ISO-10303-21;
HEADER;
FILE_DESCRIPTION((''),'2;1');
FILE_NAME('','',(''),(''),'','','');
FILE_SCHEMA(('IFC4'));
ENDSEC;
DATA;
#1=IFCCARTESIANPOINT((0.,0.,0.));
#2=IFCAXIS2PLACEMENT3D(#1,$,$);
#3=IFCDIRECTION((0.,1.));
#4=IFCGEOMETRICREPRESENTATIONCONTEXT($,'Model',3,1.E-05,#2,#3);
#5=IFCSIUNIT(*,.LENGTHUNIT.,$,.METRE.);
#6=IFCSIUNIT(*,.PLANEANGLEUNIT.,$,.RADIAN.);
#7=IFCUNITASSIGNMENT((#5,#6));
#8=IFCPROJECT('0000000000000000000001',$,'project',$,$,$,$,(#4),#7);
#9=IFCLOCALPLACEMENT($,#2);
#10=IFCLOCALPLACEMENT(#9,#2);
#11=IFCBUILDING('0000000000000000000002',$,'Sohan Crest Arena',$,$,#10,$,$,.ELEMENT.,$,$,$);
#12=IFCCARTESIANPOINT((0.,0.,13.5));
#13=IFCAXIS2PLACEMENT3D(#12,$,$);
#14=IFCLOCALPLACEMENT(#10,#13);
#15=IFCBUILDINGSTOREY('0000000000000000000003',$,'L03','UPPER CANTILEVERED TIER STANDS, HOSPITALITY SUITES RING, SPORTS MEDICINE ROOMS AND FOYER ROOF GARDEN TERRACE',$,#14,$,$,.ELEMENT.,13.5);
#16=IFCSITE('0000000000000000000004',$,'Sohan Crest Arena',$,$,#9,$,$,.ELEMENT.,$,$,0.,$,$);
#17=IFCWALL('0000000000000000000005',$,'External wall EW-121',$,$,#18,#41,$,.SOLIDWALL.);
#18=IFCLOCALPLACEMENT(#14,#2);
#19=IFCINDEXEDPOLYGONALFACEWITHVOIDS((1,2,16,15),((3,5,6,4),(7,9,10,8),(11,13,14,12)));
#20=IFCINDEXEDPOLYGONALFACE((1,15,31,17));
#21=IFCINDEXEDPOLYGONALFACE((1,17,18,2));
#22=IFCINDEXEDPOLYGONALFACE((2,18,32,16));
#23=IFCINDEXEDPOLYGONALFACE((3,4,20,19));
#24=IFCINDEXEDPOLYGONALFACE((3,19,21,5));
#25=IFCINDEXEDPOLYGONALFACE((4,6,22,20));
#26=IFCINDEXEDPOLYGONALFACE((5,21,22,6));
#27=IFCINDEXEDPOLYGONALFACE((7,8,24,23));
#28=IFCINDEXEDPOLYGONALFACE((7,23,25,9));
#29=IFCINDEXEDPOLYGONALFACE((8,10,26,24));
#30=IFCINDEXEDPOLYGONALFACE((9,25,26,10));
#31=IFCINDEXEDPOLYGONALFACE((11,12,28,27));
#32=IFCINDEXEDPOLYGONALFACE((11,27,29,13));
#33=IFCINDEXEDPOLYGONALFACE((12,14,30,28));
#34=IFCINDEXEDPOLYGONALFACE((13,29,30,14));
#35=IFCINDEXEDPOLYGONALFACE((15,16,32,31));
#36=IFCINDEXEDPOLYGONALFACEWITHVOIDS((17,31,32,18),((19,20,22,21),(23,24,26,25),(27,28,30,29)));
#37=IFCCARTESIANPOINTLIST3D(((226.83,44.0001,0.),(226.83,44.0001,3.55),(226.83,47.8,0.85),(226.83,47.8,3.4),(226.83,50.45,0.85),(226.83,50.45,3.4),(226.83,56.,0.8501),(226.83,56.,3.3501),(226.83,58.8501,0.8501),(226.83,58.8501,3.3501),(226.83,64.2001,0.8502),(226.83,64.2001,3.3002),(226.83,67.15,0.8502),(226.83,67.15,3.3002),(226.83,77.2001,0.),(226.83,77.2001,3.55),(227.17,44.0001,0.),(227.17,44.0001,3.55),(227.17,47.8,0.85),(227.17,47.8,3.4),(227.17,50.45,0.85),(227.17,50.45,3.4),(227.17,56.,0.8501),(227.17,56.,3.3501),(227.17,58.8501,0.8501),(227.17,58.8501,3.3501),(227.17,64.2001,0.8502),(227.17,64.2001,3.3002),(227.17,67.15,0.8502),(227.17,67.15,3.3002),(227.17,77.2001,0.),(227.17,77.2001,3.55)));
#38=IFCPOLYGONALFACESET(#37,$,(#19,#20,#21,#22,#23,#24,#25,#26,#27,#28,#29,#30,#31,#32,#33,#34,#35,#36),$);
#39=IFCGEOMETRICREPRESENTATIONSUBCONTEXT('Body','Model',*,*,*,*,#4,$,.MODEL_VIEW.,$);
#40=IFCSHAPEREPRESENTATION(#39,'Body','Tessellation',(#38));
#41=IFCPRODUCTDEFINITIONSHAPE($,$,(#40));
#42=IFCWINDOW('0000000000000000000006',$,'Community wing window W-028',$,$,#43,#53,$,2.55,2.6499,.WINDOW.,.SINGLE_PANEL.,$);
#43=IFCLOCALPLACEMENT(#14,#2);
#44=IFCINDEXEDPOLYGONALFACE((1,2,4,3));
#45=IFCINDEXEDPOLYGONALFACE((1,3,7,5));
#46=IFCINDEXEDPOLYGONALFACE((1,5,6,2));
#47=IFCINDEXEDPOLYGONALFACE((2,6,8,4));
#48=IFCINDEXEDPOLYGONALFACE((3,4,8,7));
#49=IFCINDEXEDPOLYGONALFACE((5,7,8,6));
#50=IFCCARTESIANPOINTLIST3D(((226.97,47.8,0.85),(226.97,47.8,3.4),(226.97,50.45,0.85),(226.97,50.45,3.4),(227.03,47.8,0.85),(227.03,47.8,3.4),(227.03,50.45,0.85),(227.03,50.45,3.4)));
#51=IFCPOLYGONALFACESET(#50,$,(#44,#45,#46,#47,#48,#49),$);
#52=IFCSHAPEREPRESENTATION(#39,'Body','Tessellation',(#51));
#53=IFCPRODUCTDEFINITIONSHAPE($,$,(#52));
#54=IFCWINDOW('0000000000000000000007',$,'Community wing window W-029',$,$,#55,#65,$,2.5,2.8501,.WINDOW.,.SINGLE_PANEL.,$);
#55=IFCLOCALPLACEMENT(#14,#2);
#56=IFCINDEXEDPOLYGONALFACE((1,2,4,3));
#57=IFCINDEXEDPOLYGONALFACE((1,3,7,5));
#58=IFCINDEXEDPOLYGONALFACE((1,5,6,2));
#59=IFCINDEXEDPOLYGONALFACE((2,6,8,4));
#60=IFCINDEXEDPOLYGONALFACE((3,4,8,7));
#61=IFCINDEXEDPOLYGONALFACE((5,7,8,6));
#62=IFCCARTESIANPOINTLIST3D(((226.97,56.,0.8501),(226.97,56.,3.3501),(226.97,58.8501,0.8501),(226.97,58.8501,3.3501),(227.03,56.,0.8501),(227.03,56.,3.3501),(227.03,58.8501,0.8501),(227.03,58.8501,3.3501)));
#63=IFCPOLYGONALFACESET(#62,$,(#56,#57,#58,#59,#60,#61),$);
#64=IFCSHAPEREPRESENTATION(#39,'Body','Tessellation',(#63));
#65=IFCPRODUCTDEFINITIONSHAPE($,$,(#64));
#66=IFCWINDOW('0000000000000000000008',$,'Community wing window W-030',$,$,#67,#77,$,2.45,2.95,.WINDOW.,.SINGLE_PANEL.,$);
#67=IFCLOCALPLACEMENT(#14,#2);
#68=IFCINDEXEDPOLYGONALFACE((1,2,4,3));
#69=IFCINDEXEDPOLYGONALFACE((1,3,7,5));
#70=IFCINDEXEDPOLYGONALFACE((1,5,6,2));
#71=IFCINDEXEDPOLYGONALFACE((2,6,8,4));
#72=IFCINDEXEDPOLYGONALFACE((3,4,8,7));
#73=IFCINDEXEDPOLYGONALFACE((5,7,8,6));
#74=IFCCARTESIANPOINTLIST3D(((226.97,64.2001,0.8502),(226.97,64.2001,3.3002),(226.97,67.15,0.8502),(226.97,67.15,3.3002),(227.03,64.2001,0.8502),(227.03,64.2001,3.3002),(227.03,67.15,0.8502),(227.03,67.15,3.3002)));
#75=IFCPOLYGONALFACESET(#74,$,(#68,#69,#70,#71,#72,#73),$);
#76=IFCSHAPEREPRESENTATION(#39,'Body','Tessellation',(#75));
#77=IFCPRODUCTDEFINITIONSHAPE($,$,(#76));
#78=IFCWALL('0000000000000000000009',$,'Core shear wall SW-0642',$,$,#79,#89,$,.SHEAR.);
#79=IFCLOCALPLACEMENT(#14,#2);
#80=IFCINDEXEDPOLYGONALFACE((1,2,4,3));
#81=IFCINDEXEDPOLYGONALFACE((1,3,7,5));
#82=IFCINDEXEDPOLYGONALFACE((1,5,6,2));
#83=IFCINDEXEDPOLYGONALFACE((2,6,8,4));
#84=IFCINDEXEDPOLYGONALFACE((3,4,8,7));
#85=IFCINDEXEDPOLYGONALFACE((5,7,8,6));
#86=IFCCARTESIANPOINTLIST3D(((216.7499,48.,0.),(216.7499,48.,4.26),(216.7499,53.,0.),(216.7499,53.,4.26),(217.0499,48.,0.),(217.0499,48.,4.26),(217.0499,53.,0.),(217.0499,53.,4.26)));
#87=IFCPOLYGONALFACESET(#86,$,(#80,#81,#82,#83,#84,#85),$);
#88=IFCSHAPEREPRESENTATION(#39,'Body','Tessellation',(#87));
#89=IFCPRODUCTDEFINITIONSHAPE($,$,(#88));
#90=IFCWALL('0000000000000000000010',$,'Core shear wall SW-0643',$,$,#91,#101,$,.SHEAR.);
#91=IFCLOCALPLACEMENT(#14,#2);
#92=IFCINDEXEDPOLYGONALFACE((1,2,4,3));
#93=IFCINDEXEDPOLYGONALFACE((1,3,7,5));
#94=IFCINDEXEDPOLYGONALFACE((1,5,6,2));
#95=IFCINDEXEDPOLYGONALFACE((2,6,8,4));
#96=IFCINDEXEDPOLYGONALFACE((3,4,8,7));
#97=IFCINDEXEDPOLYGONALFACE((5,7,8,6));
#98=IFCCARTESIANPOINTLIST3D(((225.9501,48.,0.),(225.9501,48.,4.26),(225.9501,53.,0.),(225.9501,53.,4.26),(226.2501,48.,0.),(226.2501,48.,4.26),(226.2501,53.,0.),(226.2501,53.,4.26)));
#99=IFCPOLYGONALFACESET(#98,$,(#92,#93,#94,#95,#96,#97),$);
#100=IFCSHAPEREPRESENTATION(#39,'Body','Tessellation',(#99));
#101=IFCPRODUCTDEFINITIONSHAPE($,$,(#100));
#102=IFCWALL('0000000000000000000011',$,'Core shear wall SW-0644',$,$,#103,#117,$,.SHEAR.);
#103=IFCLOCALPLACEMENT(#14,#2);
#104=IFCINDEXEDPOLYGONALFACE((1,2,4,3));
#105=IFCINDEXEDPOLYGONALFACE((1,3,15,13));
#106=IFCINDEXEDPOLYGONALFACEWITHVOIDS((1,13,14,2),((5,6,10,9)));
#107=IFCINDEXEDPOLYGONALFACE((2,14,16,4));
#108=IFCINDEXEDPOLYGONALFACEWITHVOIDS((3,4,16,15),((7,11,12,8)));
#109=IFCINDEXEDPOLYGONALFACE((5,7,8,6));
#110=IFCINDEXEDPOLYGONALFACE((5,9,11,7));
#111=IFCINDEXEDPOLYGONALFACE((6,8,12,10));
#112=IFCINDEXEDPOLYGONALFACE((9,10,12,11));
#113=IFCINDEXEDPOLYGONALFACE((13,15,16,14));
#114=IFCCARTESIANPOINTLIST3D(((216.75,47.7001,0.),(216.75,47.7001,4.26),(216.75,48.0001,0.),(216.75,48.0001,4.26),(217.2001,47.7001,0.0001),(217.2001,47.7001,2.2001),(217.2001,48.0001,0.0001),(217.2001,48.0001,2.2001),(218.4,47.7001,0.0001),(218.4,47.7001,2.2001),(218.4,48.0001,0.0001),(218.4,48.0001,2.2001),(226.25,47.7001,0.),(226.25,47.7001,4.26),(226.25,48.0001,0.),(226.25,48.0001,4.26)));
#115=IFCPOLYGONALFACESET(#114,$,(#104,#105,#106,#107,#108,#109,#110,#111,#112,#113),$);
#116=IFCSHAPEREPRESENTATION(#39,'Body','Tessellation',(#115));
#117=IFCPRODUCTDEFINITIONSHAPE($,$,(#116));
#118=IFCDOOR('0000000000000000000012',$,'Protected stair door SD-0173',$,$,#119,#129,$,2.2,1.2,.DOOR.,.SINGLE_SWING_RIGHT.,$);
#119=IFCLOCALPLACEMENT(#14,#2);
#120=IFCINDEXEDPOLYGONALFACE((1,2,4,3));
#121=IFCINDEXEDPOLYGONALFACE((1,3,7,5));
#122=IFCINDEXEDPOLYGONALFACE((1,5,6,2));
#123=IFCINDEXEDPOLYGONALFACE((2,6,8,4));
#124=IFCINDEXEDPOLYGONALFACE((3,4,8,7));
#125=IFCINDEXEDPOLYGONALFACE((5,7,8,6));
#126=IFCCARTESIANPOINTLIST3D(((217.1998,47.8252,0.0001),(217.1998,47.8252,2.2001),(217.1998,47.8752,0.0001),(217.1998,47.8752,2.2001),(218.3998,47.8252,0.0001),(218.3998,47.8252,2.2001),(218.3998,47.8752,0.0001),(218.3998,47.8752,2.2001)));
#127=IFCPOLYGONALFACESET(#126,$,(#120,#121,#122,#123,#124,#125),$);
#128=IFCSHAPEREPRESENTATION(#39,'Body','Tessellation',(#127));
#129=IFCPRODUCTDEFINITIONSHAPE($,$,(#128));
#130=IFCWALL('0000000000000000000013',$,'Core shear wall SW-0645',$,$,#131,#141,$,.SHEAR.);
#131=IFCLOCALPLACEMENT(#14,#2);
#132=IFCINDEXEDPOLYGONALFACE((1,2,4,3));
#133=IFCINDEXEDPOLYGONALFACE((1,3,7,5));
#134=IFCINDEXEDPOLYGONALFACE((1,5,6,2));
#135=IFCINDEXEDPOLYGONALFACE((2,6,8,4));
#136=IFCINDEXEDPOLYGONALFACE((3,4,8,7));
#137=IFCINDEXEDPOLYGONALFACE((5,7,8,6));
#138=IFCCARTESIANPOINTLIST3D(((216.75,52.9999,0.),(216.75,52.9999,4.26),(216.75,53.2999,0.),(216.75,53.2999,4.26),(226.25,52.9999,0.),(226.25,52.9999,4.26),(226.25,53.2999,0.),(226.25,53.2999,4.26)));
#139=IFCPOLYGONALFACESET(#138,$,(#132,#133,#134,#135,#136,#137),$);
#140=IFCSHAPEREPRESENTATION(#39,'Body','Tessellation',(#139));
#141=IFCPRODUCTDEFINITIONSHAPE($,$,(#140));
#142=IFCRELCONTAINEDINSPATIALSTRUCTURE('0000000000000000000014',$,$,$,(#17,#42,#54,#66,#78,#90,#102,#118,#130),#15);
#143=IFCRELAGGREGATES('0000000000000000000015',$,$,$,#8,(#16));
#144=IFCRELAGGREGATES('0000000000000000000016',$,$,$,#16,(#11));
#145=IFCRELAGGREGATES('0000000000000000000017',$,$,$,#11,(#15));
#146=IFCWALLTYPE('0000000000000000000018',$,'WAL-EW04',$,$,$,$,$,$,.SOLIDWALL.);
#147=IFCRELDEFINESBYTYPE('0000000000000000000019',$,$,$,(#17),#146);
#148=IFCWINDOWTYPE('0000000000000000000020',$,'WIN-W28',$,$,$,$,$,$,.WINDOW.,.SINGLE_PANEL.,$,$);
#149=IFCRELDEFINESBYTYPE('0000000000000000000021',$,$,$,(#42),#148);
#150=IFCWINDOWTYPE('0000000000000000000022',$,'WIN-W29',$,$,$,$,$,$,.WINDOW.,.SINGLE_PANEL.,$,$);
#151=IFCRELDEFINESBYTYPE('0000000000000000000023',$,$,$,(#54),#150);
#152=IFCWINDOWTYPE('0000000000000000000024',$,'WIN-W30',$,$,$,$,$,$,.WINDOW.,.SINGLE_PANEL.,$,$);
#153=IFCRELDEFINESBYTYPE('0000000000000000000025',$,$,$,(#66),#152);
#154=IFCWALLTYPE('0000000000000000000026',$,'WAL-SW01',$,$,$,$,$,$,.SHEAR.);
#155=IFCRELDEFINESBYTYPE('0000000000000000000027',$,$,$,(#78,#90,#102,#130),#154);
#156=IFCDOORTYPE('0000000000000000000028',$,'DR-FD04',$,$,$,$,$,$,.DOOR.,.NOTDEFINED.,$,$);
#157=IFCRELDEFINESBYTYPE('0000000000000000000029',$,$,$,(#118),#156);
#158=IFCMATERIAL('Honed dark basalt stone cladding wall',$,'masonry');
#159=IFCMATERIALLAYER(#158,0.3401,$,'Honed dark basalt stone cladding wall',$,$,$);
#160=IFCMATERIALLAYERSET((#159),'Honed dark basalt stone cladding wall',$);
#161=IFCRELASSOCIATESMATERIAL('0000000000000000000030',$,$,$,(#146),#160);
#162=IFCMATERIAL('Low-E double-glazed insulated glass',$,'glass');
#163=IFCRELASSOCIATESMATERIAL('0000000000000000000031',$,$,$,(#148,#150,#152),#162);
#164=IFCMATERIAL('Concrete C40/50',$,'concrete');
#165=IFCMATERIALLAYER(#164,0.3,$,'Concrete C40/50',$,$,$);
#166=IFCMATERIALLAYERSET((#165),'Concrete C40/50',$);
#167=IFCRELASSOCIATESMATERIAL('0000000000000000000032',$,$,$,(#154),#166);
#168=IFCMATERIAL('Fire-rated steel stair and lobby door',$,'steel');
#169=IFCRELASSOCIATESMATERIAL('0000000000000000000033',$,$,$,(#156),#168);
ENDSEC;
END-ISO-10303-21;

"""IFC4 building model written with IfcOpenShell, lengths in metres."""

from ifc_helpers import new_model, si_unit, direction, frame, frame_2d, origin, place, context, subcontext, project, spatial, rectangle, extrude, material, layer, layer_set, type_object, element, fill, save


model = new_model("IFC4")

# Units and contexts
model_context = context("Model", 3, precision=1e-05, world=origin(), true_north=direction((0.0, 1.0)))
body_context = subcontext(model_context, "Body", "Model", "MODEL_VIEW")
ifc_project = project(units=[si_unit("LENGTHUNIT", "METRE"), si_unit("PLANEANGLEUNIT", "RADIAN")], contexts=[model_context])

# Site, building, storey
site_placement = place(None, origin())
site = spatial("IfcSite", under=ifc_project, at=site_placement, Name="Sohan Crest Arena", CompositionType="ELEMENT", RefElevation=0.0)
building_placement = place(site_placement, origin())
building = spatial("IfcBuilding", under=site, at=building_placement, Name="Sohan Crest Arena", CompositionType="ELEMENT")
storey_placement = place(building_placement, frame((0.0, 0.0, 13.5)))
storey = spatial("IfcBuildingStorey", under=building, at=storey_placement, Name="L03", Description="UPPER CANTILEVERED TIER STANDS, HOSPITALITY SUITES RING, SPORTS MEDICINE ROOMS AND FOYER ROOF GARDEN TERRACE", CompositionType="ELEMENT", Elevation=13.5)

# Shared definitions
ifc_material_1 = material(Name="Concrete C40/50", Category="concrete")

# Wall, openings, windows
ifc_material_2 = material(Name="Honed dark basalt stone cladding wall", Category="masonry")
ifc_layer_1 = layer(ifc_material_2, 0.3401, Name="Honed dark basalt stone cladding wall")
ifc_layer_set_1 = layer_set([ifc_layer_1], Name="Honed dark basalt stone cladding wall")
wall_type_1 = type_object("IfcWallType", Name="WAL-EW04", PredefinedType="SOLIDWALL", material=ifc_layer_set_1)
wall_1_placement = place(storey_placement, frame((227.0, 44.0, 0.0), z_axis=(0.0, 0.0, 1.0), x_axis=(0.0, 1.0, 0.0)))
wall_1 = element("IfcWall", 1, at=wall_1_placement, inside=storey, type_object=wall_type_1, Name="External wall EW-121", PredefinedType="SOLIDWALL", context=body_context, shape_type="SweptSolid", body=[
    extrude(rectangle(XDim=33.2, YDim=0.3401, at=frame_2d((16.6001, 0.0))), origin(), (0.0, 0.0, 1.0), 3.55),
])
opening_1_placement = place(wall_1_placement, frame((3.8, 0.0, 0.8501)))
opening_1 = element("IfcOpeningElement", 2, at=opening_1_placement, cuts=wall_1, PredefinedType="OPENING", context=body_context, shape_type="SweptSolid", body=[
    extrude(rectangle(XDim=2.6499, YDim=2.55, at=frame_2d((1.325, 1.2749))), frame((0.0, 0.1799, 0.0), z_axis=(0.0, -1.0, 0.0), x_axis=(1.0, 0.0, 0.0)), (0.0, 0.0, 1.0), 0.3601),
])
opening_2_placement = place(wall_1_placement, frame((12.0, 0.0, 0.8501)))
opening_2 = element("IfcOpeningElement", 3, at=opening_2_placement, cuts=wall_1, PredefinedType="OPENING", context=body_context, shape_type="SweptSolid", body=[
    extrude(rectangle(XDim=2.8501, YDim=2.5, at=frame_2d((1.425, 1.25))), frame((0.0, 0.1799, 0.0), z_axis=(0.0, -1.0, 0.0), x_axis=(1.0, 0.0, 0.0)), (0.0, 0.0, 1.0), 0.3601),
])
opening_3_placement = place(wall_1_placement, frame((20.2, 0.0, 0.8501)))
opening_3 = element("IfcOpeningElement", 4, at=opening_3_placement, cuts=wall_1, PredefinedType="OPENING", context=body_context, shape_type="SweptSolid", body=[
    extrude(rectangle(XDim=2.95, YDim=2.45, at=frame_2d((1.4751, 1.2251))), frame((0.0, 0.1799, 0.0), z_axis=(0.0, -1.0, 0.0), x_axis=(1.0, 0.0, 0.0)), (0.0, 0.0, 1.0), 0.3601),
])
ifc_material_3 = material(Name="Low-E double-glazed insulated glass", Category="glass")
window_type_1 = type_object("IfcWindowType", Name="WIN-W28", PartitioningType="SINGLE_PANEL", PredefinedType="WINDOW", material=ifc_material_3)
window_1_placement = place(opening_1_placement, origin())
window_1 = element("IfcWindow", 5, at=window_1_placement, inside=storey, type_object=window_type_1, Name="Community wing window W-028", OverallHeight=2.55, OverallWidth=2.6499, PartitioningType="SINGLE_PANEL", PredefinedType="WINDOW", context=body_context, shape_type="SweptSolid", body=[
    extrude(rectangle(XDim=2.6499, YDim=2.55, at=frame_2d((1.325, 1.2749))), frame((0.0, 0.03, 0.0), z_axis=(0.0, -1.0, 0.0), x_axis=(1.0, 0.0, 0.0)), (0.0, 0.0, 1.0), 0.0601),
])
fill(opening_1, window_1)
window_type_2 = type_object("IfcWindowType", Name="WIN-W29", PartitioningType="SINGLE_PANEL", PredefinedType="WINDOW", material=ifc_material_3)
window_2_placement = place(opening_2_placement, origin())
window_2 = element("IfcWindow", 6, at=window_2_placement, inside=storey, type_object=window_type_2, Name="Community wing window W-029", OverallHeight=2.5, OverallWidth=2.8501, PartitioningType="SINGLE_PANEL", PredefinedType="WINDOW", context=body_context, shape_type="SweptSolid", body=[
    extrude(rectangle(XDim=2.8501, YDim=2.5, at=frame_2d((1.425, 1.25))), frame((0.0, 0.03, 0.0), z_axis=(0.0, -1.0, 0.0), x_axis=(1.0, 0.0, 0.0)), (0.0, 0.0, 1.0), 0.0601),
])
fill(opening_2, window_2)
window_type_3 = type_object("IfcWindowType", Name="WIN-W30", PartitioningType="SINGLE_PANEL", PredefinedType="WINDOW", material=ifc_material_3)
window_3_placement = place(opening_3_placement, origin())
window_3 = element("IfcWindow", 7, at=window_3_placement, inside=storey, type_object=window_type_3, Name="Community wing window W-030", OverallHeight=2.45, OverallWidth=2.95, PartitioningType="SINGLE_PANEL", PredefinedType="WINDOW", context=body_context, shape_type="SweptSolid", body=[
    extrude(rectangle(XDim=2.95, YDim=2.45, at=frame_2d((1.4751, 1.2251))), frame((0.0, 0.03, 0.0), z_axis=(0.0, -1.0, 0.0), x_axis=(1.0, 0.0, 0.0)), (0.0, 0.0, 1.0), 0.0601),
])
fill(opening_3, window_3)

# Walls
ifc_layer_2 = layer(ifc_material_1, 0.3, Name="Concrete C40/50")
ifc_layer_set_2 = layer_set([ifc_layer_2], Name="Concrete C40/50")
wall_type_2 = type_object("IfcWallType", Name="WAL-SW01", PredefinedType="SHEAR", material=ifc_layer_set_2)
for number, where, z_axis, x_axis, name in (
    (8, (216.8999, 48.0, 0.0), (0.0, 0.0, 1.0), (0.0, 1.0, 0.0), "Core shear wall SW-0642"),
    (9, (226.1001, 48.0, 0.0), (0.0, 0.0, 1.0), (0.0, 1.0, 0.0), "Core shear wall SW-0643"),
):
    element("IfcWall", number, at=place(storey_placement, frame(where, z_axis=z_axis, x_axis=x_axis)), inside=storey, type_object=wall_type_2, Name=name, PredefinedType="SHEAR", context=body_context, shape_type="SweptSolid", body=[
        extrude(rectangle(XDim=5.0, YDim=0.3, at=frame_2d((2.5, 0.0))), origin(), (0.0, 0.0, 1.0), 4.26),
    ])

# Wall, opening, door
wall_2_placement = place(storey_placement, frame((216.75, 47.8501, 0.0), z_axis=(0.0, 0.0, 1.0), x_axis=(1.0, 0.0, 0.0)))
wall_2 = element("IfcWall", 10, at=wall_2_placement, inside=storey, type_object=wall_type_2, Name="Core shear wall SW-0644", PredefinedType="SHEAR", context=body_context, shape_type="SweptSolid", body=[
    extrude(rectangle(XDim=9.5, YDim=0.3, at=frame_2d((4.75, 0.0))), origin(), (0.0, 0.0, 1.0), 4.26),
])
opening_4_placement = place(wall_2_placement, frame((0.45, 0.0, 0.0)))
opening_4 = element("IfcOpeningElement", 11, at=opening_4_placement, cuts=wall_2, PredefinedType="OPENING", context=body_context, shape_type="SweptSolid", body=[
    extrude(rectangle(XDim=1.2, YDim=2.2, at=frame_2d((0.6001, 1.1001))), frame((0.0, 0.1599, 0.0), z_axis=(0.0, -1.0, 0.0), x_axis=(1.0, 0.0, 0.0)), (0.0, 0.0, 1.0), 0.3201),
])
ifc_material_4 = material(Name="Fire-rated steel stair and lobby door", Category="steel")
door_type = type_object("IfcDoorType", Name="DR-FD04", OperationType="NOTDEFINED", PredefinedType="DOOR", material=ifc_material_4)
door_placement = place(opening_4_placement, frame((1.2, 0.0, 0.0), z_axis=(0.0, 0.0, 1.0), x_axis=(-1.0, 0.0, 0.0)))
door = element("IfcDoor", 12, at=door_placement, inside=storey, type_object=door_type, Name="Protected stair door SD-0173", OperationType="SINGLE_SWING_RIGHT", OverallHeight=2.2, OverallWidth=1.2, PredefinedType="DOOR", context=body_context, shape_type="SweptSolid", body=[
    extrude(rectangle(XDim=1.2, YDim=2.2, at=frame_2d((0.6001, 1.1001))), frame((0.0, 0.0249, 0.0), z_axis=(0.0, -1.0, 0.0), x_axis=(1.0, 0.0, 0.0)), (0.0, 0.0, 1.0), 0.05),
])
fill(opening_4, door)

# Wall
wall_3_placement = place(storey_placement, frame((216.75, 53.1499, 0.0), z_axis=(0.0, 0.0, 1.0), x_axis=(1.0, 0.0, 0.0)))
element("IfcWall", 13, at=wall_3_placement, inside=storey, type_object=wall_type_2, Name="Core shear wall SW-0645", PredefinedType="SHEAR", context=body_context, shape_type="SweptSolid", body=[
    extrude(rectangle(XDim=9.5, YDim=0.3, at=frame_2d((4.75, 0.0))), origin(), (0.0, 0.0, 1.0), 4.26),
])

save(model, "model.ifc")
